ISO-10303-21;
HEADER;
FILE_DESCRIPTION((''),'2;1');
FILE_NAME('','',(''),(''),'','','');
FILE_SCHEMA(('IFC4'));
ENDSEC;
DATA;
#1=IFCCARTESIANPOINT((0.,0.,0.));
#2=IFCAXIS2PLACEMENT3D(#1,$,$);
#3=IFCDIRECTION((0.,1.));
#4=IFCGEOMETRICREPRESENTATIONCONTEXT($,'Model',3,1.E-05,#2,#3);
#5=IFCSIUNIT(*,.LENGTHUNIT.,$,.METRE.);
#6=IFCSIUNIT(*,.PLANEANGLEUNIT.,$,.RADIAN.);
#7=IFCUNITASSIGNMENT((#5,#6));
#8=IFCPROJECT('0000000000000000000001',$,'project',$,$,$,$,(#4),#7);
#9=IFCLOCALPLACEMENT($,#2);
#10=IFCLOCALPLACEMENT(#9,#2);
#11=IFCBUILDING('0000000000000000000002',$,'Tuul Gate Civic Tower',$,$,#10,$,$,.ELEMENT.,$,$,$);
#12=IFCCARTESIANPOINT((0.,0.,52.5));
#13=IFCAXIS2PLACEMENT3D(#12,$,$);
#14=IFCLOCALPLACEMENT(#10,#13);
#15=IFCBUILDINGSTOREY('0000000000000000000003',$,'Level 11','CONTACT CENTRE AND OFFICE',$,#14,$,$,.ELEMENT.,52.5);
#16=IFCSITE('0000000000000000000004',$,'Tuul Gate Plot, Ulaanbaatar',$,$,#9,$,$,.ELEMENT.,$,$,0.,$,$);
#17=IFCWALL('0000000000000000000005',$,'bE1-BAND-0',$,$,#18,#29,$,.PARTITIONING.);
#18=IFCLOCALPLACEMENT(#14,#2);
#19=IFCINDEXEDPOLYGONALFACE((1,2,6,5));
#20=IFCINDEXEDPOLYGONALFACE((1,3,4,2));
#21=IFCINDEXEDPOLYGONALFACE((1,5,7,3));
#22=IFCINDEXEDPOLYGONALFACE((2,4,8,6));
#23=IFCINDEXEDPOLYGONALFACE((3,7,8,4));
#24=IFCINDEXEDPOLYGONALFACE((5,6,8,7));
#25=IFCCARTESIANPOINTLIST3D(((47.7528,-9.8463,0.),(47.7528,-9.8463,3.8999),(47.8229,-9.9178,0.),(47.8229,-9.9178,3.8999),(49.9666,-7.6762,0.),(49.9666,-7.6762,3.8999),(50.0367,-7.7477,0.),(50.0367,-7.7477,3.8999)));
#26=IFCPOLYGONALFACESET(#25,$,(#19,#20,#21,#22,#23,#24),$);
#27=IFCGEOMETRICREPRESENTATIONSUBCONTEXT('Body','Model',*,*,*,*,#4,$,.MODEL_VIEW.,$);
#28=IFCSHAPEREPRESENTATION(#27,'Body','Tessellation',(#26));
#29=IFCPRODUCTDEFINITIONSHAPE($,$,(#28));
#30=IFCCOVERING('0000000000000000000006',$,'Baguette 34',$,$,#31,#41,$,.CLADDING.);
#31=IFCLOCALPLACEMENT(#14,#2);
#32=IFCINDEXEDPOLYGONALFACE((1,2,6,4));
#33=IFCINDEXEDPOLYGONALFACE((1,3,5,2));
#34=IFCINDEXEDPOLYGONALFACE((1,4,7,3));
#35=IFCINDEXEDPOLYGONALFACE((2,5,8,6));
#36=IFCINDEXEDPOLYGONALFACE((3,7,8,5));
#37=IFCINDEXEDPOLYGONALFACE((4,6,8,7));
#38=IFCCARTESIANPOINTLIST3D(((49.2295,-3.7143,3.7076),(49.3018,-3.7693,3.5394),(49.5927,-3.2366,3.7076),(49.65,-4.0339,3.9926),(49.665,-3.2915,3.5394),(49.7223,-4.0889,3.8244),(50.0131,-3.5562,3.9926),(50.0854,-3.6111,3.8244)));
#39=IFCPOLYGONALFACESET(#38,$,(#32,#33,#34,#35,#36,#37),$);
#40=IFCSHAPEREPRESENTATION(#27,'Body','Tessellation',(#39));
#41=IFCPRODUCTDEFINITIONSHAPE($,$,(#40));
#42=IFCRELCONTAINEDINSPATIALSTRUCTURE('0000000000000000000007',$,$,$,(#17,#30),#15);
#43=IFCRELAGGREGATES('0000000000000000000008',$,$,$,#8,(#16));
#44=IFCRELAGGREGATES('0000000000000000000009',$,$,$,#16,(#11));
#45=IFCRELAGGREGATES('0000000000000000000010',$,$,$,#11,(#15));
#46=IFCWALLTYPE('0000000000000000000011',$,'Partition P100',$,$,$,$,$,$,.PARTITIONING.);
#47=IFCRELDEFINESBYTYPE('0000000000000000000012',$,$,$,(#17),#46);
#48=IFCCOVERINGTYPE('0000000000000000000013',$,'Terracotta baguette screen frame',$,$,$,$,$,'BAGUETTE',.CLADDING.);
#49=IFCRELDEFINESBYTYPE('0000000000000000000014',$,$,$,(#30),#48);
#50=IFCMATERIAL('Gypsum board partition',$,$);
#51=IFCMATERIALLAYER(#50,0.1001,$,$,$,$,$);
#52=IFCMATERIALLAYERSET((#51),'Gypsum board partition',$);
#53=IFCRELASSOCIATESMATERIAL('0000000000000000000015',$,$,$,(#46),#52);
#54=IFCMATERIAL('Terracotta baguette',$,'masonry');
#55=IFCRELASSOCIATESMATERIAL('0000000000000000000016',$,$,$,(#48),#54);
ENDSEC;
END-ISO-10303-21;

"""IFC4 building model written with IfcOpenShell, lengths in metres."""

from ifc_helpers import new_model, si_unit, direction, frame, frame_2d, origin, origin_2d, place, context, subcontext, project, spatial, rectangle, extrude, material, layer, layer_set, material_profile, profile_set, type_object, element, save


model = new_model("IFC4")

# Units and contexts
model_context = context("Model", 3, precision=1e-05, world=origin(), true_north=direction((0.0, 1.0)))
body_context = subcontext(model_context, "Body", "Model", "MODEL_VIEW")
ifc_project = project(units=[si_unit("LENGTHUNIT", "METRE"), si_unit("PLANEANGLEUNIT", "RADIAN")], contexts=[model_context])

# Site, building, storey
site_placement = place(None, origin())
site = spatial("IfcSite", under=ifc_project, at=site_placement, Name="Tuul Gate Plot, Ulaanbaatar", CompositionType="ELEMENT", RefElevation=0.0)
building_placement = place(site_placement, origin())
building = spatial("IfcBuilding", under=site, at=building_placement, Name="Tuul Gate Civic Tower", CompositionType="ELEMENT")
storey_placement = place(building_placement, frame((0.0, 0.0, 52.5)))
storey = spatial("IfcBuildingStorey", under=building, at=storey_placement, Name="Level 11", Description="CONTACT CENTRE AND OFFICE", CompositionType="ELEMENT", Elevation=52.5)

# Wall
ifc_material_1 = material(Name="Gypsum board partition")
ifc_layer_1 = layer(ifc_material_1, 0.1001)
ifc_layer_set_1 = layer_set([ifc_layer_1], Name="Gypsum board partition")
wall_type_1 = type_object("IfcWallType", Name="Partition P100", PredefinedType="PARTITIONING", material=ifc_layer_set_1)
wall_1_placement = place(storey_placement, frame((47.7878, -9.8821, 0.0), z_axis=(0.0, 0.0, 1.0), x_axis=(0.71412, 0.700023, 0.0)))
element("IfcWall", 1, at=wall_1_placement, inside=storey, type_object=wall_type_1, Name="bE1-BAND-0", PredefinedType="PARTITIONING", context=body_context, shape_type="SweptSolid", body=[
    extrude(rectangle(XDim=3.1001, YDim=0.1001, at=frame_2d((1.55, 0.0))), origin(), (0.0, 0.0, 1.0), 3.8999),
])

# Covering
ifc_material_2 = material(Name="Terracotta baguette", Category="masonry")
ifc_material_profile_1 = material_profile(ifc_material_2, rectangle(XDim=0.6001, YDim=0.6001, at=origin_2d()), Name="Terracotta baguette screen frame")
ifc_profile_set_1 = profile_set([ifc_material_profile_1], Name="Terracotta baguette")
covering_type = type_object("IfcCoveringType", Name="Terracotta baguette screen frame", ElementType="BAGUETTE", PredefinedType="CLADDING", material=ifc_profile_set_1)
covering_placement = place(storey_placement, frame((49.6213, -3.6353, 3.8501), z_axis=(0.378072, -0.287386, -0.88004), x_axis=(0.605151, 0.79611, 0.0)))
element("IfcCovering", 2, at=covering_placement, inside=storey, type_object=covering_type, Name="Baguette 34", PredefinedType="CLADDING", context=body_context, shape_type="SweptSolid", body=[
    extrude(rectangle(XDim=0.6001, YDim=0.6001, at=origin_2d()), origin(), (0.0, 0.0, 1.0), 0.1912),
])

save(model, "model.ifc")
